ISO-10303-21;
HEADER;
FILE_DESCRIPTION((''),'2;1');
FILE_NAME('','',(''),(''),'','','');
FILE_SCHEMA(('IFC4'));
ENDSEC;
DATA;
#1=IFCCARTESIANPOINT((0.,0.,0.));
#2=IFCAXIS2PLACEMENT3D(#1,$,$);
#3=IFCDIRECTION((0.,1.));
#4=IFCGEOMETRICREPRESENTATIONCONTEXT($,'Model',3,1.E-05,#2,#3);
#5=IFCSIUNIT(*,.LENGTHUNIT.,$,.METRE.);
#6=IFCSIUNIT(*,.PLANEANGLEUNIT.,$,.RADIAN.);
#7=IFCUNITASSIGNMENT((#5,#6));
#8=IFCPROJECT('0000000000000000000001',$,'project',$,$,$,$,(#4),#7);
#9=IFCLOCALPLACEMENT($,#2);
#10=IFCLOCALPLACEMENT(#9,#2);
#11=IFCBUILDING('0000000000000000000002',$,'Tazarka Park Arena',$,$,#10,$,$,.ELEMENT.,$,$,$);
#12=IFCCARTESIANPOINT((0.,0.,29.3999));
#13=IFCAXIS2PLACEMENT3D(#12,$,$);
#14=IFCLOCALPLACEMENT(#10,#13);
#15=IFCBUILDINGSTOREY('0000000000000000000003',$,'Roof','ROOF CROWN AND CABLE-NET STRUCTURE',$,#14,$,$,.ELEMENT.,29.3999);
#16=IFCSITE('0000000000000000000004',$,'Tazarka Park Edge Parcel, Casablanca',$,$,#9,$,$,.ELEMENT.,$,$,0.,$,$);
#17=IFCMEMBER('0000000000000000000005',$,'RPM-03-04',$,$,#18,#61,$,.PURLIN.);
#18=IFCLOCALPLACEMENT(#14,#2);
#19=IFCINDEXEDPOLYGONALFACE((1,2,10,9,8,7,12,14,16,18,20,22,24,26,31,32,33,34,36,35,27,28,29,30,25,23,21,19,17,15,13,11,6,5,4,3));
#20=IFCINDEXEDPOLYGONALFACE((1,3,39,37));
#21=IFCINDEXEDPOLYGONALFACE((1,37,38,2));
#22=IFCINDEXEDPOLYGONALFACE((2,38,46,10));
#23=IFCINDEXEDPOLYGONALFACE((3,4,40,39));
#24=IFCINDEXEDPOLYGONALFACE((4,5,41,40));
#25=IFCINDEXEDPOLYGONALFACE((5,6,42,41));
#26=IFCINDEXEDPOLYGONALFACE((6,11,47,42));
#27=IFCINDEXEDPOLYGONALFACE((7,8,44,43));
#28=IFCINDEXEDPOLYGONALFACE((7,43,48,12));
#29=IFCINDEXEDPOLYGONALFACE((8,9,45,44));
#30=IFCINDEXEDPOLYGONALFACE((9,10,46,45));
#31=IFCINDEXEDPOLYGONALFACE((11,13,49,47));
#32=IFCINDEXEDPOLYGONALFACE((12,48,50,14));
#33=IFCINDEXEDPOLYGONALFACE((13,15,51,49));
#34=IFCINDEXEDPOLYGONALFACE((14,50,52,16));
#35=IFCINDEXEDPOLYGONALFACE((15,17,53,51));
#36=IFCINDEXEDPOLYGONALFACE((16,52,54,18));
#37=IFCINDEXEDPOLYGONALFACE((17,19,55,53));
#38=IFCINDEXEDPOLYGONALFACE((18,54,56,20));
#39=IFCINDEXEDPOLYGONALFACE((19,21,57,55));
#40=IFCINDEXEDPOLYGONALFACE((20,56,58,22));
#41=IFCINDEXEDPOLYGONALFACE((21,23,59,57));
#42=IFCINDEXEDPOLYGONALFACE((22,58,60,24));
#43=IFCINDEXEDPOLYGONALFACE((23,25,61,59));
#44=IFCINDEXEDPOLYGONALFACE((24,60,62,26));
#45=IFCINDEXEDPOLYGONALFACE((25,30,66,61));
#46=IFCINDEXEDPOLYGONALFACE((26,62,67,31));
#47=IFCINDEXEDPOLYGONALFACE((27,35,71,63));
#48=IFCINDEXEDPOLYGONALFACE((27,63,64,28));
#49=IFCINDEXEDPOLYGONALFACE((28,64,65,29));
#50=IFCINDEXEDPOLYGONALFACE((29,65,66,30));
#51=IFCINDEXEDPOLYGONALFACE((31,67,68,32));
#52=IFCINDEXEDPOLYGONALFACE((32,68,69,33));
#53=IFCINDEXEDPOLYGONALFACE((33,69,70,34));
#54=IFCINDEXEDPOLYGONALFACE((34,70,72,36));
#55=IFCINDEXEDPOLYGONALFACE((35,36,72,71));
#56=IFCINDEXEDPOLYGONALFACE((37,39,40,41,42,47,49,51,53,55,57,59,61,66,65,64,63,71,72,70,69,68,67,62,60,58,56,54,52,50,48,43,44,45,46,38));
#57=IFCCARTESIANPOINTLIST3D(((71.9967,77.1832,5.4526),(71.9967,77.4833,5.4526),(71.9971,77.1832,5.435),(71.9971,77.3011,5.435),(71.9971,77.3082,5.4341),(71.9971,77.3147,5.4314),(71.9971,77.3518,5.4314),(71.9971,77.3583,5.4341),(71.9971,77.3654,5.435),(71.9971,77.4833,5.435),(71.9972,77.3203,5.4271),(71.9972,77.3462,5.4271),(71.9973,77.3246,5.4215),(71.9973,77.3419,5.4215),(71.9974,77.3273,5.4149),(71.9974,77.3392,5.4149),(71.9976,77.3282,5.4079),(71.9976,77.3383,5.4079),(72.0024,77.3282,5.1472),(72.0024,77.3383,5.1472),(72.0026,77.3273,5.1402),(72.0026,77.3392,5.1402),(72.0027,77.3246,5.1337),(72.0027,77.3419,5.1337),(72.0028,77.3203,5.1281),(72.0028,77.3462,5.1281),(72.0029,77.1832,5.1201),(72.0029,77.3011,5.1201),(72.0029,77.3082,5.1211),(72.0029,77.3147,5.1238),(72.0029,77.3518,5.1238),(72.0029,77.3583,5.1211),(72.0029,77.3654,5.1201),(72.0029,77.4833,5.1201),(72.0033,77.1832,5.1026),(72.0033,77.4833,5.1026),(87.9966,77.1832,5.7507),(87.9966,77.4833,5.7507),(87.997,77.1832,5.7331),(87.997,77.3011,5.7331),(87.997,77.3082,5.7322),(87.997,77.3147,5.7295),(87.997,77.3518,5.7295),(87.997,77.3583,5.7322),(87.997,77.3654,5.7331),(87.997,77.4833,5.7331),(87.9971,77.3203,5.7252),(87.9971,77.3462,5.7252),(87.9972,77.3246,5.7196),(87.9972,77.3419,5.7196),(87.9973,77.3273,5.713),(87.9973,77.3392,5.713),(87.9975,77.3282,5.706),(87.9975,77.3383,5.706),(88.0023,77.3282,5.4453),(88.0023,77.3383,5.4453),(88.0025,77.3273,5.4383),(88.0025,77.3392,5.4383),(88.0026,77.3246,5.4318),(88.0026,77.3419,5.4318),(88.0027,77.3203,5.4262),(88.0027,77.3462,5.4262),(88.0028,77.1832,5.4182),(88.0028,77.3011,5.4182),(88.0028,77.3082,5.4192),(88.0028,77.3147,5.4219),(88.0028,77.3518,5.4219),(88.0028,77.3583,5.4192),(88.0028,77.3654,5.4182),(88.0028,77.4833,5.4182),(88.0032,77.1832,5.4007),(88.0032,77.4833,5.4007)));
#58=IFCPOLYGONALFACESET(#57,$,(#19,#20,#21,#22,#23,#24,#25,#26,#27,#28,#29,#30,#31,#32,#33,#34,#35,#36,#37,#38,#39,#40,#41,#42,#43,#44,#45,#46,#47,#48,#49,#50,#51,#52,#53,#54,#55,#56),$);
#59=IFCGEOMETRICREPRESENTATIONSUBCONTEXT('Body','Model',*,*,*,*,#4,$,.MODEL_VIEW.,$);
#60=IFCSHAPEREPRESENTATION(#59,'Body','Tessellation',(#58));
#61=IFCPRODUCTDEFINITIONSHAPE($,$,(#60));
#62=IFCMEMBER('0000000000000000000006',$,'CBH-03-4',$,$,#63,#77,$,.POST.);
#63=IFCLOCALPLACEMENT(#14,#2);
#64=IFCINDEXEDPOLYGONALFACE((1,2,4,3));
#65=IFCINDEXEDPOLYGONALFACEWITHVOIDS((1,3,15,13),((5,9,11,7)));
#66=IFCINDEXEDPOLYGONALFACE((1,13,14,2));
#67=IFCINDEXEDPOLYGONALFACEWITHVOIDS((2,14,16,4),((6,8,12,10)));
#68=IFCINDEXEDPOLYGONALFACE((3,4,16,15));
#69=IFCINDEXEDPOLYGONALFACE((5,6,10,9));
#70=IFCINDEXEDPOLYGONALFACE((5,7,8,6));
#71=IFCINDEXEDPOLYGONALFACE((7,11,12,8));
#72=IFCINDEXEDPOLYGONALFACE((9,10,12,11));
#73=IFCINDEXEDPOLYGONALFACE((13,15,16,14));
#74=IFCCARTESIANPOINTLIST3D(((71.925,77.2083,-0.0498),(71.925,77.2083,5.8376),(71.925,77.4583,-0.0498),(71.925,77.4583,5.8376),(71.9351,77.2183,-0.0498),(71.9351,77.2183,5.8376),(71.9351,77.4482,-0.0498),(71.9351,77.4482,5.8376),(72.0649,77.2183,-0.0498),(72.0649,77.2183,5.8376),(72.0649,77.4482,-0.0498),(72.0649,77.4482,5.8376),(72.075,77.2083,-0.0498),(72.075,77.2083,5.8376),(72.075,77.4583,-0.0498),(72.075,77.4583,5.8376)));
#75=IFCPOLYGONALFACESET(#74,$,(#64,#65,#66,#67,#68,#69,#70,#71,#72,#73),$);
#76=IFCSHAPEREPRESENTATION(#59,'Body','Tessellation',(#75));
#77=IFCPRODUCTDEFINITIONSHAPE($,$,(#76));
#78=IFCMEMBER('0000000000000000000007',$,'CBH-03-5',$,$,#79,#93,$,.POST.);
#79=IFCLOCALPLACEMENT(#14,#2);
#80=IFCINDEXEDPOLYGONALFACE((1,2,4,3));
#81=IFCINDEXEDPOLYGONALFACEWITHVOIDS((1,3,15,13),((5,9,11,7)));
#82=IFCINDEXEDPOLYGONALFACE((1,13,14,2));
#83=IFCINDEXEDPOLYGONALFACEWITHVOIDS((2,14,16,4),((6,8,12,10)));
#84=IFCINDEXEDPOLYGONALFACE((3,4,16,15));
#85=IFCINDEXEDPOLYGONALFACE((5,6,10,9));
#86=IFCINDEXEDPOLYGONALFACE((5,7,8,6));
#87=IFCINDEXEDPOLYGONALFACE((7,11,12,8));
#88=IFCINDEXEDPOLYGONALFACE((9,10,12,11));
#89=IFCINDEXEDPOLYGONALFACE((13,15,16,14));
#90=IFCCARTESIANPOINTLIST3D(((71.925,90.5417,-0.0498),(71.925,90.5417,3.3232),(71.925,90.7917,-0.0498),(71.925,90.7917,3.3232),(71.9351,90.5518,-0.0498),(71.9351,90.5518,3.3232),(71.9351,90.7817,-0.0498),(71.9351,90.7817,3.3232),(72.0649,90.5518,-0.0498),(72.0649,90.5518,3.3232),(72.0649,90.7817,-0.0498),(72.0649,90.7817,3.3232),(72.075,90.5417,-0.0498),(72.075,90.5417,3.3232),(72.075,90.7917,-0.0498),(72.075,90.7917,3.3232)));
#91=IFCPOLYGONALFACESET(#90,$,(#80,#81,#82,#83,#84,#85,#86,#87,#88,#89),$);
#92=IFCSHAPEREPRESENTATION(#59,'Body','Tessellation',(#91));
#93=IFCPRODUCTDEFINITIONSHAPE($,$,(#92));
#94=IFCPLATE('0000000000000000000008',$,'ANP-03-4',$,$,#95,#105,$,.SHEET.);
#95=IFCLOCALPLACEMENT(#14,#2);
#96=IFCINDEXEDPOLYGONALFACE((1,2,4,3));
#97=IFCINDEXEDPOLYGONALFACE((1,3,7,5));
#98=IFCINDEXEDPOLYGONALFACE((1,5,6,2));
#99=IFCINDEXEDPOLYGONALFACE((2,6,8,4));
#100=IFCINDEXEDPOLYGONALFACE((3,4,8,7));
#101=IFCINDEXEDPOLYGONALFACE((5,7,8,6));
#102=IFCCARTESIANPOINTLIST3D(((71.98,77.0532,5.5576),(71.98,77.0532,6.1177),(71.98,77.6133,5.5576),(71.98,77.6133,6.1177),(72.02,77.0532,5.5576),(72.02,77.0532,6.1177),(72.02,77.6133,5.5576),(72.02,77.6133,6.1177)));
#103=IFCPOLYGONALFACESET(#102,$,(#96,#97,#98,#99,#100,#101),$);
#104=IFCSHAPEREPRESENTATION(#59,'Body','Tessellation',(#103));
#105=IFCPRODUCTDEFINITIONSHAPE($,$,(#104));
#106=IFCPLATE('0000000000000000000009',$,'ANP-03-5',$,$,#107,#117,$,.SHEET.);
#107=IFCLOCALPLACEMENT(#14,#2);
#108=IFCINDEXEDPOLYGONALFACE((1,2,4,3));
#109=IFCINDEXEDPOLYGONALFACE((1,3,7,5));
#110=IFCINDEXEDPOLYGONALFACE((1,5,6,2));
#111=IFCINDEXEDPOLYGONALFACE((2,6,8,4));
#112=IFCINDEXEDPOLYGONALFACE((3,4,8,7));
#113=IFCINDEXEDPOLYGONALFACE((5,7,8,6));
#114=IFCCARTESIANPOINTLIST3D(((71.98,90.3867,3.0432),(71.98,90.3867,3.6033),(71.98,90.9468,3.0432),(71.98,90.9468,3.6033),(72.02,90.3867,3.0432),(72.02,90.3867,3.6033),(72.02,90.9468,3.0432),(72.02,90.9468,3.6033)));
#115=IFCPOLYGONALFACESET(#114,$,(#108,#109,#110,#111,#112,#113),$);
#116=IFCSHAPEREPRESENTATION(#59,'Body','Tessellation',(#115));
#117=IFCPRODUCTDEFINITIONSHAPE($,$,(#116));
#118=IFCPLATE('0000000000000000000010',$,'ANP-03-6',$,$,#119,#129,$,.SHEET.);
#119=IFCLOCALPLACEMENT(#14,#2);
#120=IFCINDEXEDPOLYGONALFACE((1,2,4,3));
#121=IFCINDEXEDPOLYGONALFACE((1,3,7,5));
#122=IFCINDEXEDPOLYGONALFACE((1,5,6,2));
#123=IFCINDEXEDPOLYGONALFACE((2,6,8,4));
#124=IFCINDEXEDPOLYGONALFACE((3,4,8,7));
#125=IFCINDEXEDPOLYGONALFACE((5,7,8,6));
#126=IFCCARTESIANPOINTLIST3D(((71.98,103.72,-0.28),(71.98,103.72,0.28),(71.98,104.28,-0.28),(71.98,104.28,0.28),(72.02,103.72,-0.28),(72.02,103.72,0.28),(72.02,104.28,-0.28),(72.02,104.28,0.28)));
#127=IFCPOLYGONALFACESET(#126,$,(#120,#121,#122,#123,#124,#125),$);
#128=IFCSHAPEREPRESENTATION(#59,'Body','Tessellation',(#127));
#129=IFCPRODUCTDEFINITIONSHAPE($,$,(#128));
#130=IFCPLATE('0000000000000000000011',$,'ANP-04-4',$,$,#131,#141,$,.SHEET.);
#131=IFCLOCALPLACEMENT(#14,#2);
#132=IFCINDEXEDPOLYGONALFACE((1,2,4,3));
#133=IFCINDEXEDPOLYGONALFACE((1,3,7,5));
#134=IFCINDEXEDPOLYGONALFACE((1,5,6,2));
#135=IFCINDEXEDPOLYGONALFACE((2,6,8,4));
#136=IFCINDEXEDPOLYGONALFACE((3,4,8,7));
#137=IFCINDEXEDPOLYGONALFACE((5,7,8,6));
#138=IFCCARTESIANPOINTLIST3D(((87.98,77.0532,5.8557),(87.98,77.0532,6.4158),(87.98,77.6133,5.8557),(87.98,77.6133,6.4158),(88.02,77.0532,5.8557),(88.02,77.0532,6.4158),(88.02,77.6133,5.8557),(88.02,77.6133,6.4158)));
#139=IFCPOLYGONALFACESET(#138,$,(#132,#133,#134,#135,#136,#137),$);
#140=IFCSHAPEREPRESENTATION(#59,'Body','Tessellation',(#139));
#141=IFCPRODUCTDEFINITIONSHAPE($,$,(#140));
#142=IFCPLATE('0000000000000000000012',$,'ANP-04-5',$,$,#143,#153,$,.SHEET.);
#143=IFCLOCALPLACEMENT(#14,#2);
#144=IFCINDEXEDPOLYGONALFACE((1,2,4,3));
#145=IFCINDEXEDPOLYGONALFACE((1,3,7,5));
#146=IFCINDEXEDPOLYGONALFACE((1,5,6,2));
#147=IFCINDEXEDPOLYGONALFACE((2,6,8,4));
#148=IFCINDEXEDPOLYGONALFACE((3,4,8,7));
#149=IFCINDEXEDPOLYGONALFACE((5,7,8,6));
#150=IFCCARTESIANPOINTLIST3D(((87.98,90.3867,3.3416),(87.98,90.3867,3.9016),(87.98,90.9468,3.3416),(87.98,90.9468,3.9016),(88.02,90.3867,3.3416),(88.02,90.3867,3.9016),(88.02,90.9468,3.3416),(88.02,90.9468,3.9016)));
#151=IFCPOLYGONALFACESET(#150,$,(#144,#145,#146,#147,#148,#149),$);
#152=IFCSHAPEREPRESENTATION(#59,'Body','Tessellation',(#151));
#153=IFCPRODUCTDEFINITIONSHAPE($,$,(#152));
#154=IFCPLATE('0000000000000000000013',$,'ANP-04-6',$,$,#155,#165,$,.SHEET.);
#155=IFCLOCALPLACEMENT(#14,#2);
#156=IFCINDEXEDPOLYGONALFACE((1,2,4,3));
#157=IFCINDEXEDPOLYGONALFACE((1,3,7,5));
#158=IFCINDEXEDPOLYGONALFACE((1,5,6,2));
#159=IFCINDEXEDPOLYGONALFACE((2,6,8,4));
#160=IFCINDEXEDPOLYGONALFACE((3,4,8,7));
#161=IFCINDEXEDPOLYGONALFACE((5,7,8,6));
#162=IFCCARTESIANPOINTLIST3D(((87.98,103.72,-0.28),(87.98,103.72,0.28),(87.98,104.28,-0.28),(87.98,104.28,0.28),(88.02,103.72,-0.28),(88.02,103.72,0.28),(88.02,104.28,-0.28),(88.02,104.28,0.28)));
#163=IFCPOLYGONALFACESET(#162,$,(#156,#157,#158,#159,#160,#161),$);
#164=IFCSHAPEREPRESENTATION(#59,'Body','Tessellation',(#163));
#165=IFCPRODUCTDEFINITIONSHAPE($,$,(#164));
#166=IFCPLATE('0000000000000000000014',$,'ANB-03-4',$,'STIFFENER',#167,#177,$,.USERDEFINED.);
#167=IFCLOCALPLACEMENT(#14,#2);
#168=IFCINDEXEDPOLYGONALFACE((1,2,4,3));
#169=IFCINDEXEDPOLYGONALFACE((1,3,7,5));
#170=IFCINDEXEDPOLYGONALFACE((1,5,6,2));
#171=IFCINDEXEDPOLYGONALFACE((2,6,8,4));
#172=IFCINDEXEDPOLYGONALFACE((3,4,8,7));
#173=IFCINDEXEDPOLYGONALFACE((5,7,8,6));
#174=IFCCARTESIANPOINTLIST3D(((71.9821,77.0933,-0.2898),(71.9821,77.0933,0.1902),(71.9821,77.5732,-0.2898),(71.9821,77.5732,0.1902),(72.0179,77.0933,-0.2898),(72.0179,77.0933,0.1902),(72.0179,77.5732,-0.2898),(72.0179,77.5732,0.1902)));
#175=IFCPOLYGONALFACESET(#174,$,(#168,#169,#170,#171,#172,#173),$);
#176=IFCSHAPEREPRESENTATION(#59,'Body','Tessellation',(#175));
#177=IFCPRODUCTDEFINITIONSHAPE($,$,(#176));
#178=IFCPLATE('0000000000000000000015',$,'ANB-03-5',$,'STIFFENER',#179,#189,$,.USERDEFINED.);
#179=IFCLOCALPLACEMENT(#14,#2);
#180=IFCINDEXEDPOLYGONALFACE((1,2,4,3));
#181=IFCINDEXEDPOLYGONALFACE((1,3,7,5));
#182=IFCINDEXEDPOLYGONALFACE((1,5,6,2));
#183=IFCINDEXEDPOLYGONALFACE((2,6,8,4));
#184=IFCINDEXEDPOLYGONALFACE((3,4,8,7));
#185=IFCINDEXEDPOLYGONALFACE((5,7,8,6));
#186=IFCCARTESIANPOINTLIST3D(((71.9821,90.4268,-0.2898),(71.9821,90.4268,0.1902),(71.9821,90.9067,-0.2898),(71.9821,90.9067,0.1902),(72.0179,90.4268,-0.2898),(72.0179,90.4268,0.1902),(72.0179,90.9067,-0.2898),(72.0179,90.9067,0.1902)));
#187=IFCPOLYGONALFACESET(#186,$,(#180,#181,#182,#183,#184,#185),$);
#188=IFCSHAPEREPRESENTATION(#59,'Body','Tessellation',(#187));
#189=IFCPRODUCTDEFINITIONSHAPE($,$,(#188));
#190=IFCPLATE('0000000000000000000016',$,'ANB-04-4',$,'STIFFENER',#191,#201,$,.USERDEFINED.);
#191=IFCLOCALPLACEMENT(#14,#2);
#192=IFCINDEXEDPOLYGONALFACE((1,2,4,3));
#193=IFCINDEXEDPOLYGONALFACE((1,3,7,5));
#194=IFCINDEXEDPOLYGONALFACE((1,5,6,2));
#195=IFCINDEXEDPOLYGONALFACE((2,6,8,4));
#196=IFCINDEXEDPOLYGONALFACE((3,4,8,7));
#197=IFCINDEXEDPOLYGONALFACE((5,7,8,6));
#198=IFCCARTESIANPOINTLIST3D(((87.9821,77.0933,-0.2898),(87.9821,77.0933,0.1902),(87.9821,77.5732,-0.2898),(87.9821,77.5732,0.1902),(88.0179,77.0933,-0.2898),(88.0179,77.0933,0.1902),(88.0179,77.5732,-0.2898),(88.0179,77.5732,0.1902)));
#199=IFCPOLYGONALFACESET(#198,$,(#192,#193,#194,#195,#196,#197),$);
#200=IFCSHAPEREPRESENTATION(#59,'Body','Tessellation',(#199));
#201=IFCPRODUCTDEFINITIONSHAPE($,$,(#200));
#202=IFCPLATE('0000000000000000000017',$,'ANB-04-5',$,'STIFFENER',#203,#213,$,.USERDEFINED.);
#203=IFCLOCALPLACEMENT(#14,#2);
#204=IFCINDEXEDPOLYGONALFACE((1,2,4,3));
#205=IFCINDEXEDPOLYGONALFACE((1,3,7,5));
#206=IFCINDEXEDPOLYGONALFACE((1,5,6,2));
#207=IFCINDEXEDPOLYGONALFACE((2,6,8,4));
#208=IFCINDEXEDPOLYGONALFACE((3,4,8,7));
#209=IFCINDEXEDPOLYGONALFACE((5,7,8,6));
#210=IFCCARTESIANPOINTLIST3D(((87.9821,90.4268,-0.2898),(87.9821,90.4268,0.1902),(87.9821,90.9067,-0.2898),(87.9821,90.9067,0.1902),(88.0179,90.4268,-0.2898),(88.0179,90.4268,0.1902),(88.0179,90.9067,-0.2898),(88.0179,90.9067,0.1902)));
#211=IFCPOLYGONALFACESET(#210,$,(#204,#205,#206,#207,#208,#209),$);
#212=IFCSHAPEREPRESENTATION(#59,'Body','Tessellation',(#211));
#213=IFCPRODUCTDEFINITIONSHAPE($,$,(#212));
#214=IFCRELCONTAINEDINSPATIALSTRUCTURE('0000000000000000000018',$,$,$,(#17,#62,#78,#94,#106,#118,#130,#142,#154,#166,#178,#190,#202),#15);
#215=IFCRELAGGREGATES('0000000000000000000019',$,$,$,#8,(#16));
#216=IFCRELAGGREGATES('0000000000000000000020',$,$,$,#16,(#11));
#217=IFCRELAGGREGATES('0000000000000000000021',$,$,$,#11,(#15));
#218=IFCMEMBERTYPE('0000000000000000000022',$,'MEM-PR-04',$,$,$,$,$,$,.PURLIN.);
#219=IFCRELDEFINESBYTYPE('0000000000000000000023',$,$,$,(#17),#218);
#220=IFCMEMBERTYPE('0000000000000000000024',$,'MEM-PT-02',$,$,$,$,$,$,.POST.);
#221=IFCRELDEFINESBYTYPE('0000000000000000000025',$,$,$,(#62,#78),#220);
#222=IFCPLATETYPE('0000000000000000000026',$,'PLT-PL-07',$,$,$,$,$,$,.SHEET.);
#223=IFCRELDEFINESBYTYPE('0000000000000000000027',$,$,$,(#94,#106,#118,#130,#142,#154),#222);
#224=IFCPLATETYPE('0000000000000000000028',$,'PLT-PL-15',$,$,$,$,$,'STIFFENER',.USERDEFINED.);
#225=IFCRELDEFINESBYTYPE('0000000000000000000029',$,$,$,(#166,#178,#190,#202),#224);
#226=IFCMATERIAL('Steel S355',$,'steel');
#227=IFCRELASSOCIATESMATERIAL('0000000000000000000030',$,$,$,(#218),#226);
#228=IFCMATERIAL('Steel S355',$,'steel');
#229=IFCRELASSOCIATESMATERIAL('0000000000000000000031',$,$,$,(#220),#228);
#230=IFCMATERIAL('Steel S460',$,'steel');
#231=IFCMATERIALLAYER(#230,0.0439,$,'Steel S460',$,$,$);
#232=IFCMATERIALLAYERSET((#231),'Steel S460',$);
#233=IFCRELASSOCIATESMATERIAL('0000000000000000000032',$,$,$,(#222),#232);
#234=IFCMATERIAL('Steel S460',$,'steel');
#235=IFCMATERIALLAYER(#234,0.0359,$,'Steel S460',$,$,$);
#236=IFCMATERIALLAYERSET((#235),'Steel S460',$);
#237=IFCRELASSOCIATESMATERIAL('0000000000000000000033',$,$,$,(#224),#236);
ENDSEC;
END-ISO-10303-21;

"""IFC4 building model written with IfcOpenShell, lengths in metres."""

from ifc_helpers import new_model, si_unit, direction, frame, origin, origin_2d, place, context, subcontext, project, spatial, rectangle, hollow_rectangle, i_section, extrude, material, layer, layer_set, material_profile, profile_set, type_object, element, save


model = new_model("IFC4")

# Units and contexts
model_context = context("Model", 3, precision=1e-05, world=origin(), true_north=direction((0.0, 1.0)))
body_context = subcontext(model_context, "Body", "Model", "MODEL_VIEW")
ifc_project = project(units=[si_unit("LENGTHUNIT", "METRE"), si_unit("PLANEANGLEUNIT", "RADIAN")], contexts=[model_context])

# Site, building, storey
site_placement = place(None, origin())
site = spatial("IfcSite", under=ifc_project, at=site_placement, Name="Tazarka Park Edge Parcel, Casablanca", CompositionType="ELEMENT", RefElevation=0.0)
building_placement = place(site_placement, origin())
building = spatial("IfcBuilding", under=site, at=building_placement, Name="Tazarka Park Arena", CompositionType="ELEMENT")
storey_placement = place(building_placement, frame((0.0, 0.0, 29.3999)))
storey = spatial("IfcBuildingStorey", under=building, at=storey_placement, Name="Roof", Description="ROOF CROWN AND CABLE-NET STRUCTURE", CompositionType="ELEMENT", Elevation=29.3999)

# Members
ifc_material_1 = material(Name="Steel S355", Category="steel")
ifc_material_profile_1 = material_profile(ifc_material_1, i_section(OverallWidth=0.3, OverallDepth=0.3501, WebThickness=0.01, FlangeThickness=0.0176, FilletRadius=0.0271, at=origin_2d()), Name="Steel S355")
ifc_profile_set_1 = profile_set([ifc_material_profile_1], Name="Steel S355")
member_type_1 = type_object("IfcMemberType", Name="MEM-PR-04", PredefinedType="PURLIN", material=ifc_profile_set_1)
member_1_placement = place(storey_placement, frame((72.0, 77.3333, 5.2776), z_axis=(0.999826, 0.0, 0.018628), x_axis=(0.0, 1.0, 0.0)))
element("IfcMember", 1, at=member_1_placement, inside=storey, type_object=member_type_1, Name="RPM-03-04", PredefinedType="PURLIN", context=body_context, shape_type="SweptSolid", body=[
    extrude(i_section(OverallWidth=0.3, OverallDepth=0.3501, WebThickness=0.01, FlangeThickness=0.0176, FilletRadius=0.0271, at=origin_2d()), origin(), (0.0, 0.0, 1.0), 16.0027),
])
ifc_material_2 = material(Name="Steel S355", Category="steel")
ifc_material_profile_2 = material_profile(ifc_material_2, hollow_rectangle(XDim=0.1499, YDim=0.25, WallThickness=0.01, at=origin_2d()), Name="Steel S355")
ifc_profile_set_2 = profile_set([ifc_material_profile_2], Name="Steel S355")
member_type_2 = type_object("IfcMemberType", Name="MEM-PT-02", PredefinedType="POST", material=ifc_profile_set_2)
member_2_placement = place(storey_placement, frame((72.0, 77.3333, -0.0498), z_axis=(0.0, 0.0, 1.0), x_axis=(1.0, 0.0, 0.0)))
element("IfcMember", 2, at=member_2_placement, inside=storey, type_object=member_type_2, Name="CBH-03-4", PredefinedType="POST", context=body_context, shape_type="SweptSolid", body=[
    extrude(hollow_rectangle(XDim=0.1499, YDim=0.25, WallThickness=0.01, at=origin_2d()), origin(), (0.0, 0.0, 1.0), 5.8875),
])
member_3_placement = place(storey_placement, frame((72.0, 90.6667, -0.0498), z_axis=(0.0, 0.0, 1.0), x_axis=(1.0, 0.0, 0.0)))
element("IfcMember", 3, at=member_3_placement, inside=storey, type_object=member_type_2, Name="CBH-03-5", PredefinedType="POST", context=body_context, shape_type="SweptSolid", body=[
    extrude(hollow_rectangle(XDim=0.1499, YDim=0.25, WallThickness=0.01, at=origin_2d()), origin(), (0.0, 0.0, 1.0), 3.373),
])

# Plates
ifc_material_3 = material(Name="Steel S460", Category="steel")
ifc_layer_1 = layer(ifc_material_3, 0.0439, Name="Steel S460")
ifc_layer_set_1 = layer_set([ifc_layer_1], Name="Steel S460")
plate_type_1 = type_object("IfcPlateType", Name="PLT-PL-07", PredefinedType="SHEET", material=ifc_layer_set_1)
for number, where, z_axis, x_axis, name in (
    (4, (72.0, 77.3333, 5.5576), (0.0, 0.0, 1.0), (1.0, 0.0, 0.0), "ANP-03-4"),
    (5, (72.0, 90.6667, 3.0432), (0.0, 0.0, 1.0), (1.0, 0.0, 0.0), "ANP-03-5"),
    (6, (72.0, 104.0, -0.28), (0.0, 0.0, 1.0), (1.0, 0.0, 0.0), "ANP-03-6"),
    (7, (88.0, 77.3333, 5.8557), (0.0, 0.0, 1.0), (1.0, 0.0, 0.0), "ANP-04-4"),
    (8, (88.0, 90.6667, 3.3416), (0.0, 0.0, 1.0), (1.0, 0.0, 0.0), "ANP-04-5"),
    (9, (88.0, 104.0, -0.28), (0.0, 0.0, 1.0), (1.0, 0.0, 0.0), "ANP-04-6"),
):
    element("IfcPlate", number, at=place(storey_placement, frame(where, z_axis=z_axis, x_axis=x_axis)), inside=storey, type_object=plate_type_1, Name=name, PredefinedType="SHEET", context=body_context, shape_type="SweptSolid", body=[
        extrude(rectangle(XDim=0.04, YDim=0.5601, at=origin_2d()), origin(), (0.0, 0.0, 1.0), 0.5601),
    ])
ifc_material_4 = material(Name="Steel S460", Category="steel")
ifc_layer_2 = layer(ifc_material_4, 0.0359, Name="Steel S460")
ifc_layer_set_2 = layer_set([ifc_layer_2], Name="Steel S460")
plate_type_2 = type_object("IfcPlateType", Name="PLT-PL-15", ElementType="STIFFENER", PredefinedType="USERDEFINED", material=ifc_layer_set_2)
for number, where, z_axis, x_axis, name in (
    (10, (72.0, 77.3333, -0.2898), (0.0, 0.0, 1.0), (1.0, 0.0, 0.0), "ANB-03-4"),
    (11, (72.0, 90.6667, -0.2898), (0.0, 0.0, 1.0), (1.0, 0.0, 0.0), "ANB-03-5"),
    (12, (88.0, 77.3333, -0.2898), (0.0, 0.0, 1.0), (1.0, 0.0, 0.0), "ANB-04-4"),
    (13, (88.0, 90.6667, -0.2898), (0.0, 0.0, 1.0), (1.0, 0.0, 0.0), "ANB-04-5"),
):
    element("IfcPlate", number, at=place(storey_placement, frame(where, z_axis=z_axis, x_axis=x_axis)), inside=storey, type_object=plate_type_2, Name=name, ObjectType="STIFFENER", PredefinedType="USERDEFINED", context=body_context, shape_type="SweptSolid", body=[
        extrude(rectangle(XDim=0.0359, YDim=0.48, at=origin_2d()), origin(), (0.0, 0.0, 1.0), 0.48),
    ])

save(model, "model.ifc")
